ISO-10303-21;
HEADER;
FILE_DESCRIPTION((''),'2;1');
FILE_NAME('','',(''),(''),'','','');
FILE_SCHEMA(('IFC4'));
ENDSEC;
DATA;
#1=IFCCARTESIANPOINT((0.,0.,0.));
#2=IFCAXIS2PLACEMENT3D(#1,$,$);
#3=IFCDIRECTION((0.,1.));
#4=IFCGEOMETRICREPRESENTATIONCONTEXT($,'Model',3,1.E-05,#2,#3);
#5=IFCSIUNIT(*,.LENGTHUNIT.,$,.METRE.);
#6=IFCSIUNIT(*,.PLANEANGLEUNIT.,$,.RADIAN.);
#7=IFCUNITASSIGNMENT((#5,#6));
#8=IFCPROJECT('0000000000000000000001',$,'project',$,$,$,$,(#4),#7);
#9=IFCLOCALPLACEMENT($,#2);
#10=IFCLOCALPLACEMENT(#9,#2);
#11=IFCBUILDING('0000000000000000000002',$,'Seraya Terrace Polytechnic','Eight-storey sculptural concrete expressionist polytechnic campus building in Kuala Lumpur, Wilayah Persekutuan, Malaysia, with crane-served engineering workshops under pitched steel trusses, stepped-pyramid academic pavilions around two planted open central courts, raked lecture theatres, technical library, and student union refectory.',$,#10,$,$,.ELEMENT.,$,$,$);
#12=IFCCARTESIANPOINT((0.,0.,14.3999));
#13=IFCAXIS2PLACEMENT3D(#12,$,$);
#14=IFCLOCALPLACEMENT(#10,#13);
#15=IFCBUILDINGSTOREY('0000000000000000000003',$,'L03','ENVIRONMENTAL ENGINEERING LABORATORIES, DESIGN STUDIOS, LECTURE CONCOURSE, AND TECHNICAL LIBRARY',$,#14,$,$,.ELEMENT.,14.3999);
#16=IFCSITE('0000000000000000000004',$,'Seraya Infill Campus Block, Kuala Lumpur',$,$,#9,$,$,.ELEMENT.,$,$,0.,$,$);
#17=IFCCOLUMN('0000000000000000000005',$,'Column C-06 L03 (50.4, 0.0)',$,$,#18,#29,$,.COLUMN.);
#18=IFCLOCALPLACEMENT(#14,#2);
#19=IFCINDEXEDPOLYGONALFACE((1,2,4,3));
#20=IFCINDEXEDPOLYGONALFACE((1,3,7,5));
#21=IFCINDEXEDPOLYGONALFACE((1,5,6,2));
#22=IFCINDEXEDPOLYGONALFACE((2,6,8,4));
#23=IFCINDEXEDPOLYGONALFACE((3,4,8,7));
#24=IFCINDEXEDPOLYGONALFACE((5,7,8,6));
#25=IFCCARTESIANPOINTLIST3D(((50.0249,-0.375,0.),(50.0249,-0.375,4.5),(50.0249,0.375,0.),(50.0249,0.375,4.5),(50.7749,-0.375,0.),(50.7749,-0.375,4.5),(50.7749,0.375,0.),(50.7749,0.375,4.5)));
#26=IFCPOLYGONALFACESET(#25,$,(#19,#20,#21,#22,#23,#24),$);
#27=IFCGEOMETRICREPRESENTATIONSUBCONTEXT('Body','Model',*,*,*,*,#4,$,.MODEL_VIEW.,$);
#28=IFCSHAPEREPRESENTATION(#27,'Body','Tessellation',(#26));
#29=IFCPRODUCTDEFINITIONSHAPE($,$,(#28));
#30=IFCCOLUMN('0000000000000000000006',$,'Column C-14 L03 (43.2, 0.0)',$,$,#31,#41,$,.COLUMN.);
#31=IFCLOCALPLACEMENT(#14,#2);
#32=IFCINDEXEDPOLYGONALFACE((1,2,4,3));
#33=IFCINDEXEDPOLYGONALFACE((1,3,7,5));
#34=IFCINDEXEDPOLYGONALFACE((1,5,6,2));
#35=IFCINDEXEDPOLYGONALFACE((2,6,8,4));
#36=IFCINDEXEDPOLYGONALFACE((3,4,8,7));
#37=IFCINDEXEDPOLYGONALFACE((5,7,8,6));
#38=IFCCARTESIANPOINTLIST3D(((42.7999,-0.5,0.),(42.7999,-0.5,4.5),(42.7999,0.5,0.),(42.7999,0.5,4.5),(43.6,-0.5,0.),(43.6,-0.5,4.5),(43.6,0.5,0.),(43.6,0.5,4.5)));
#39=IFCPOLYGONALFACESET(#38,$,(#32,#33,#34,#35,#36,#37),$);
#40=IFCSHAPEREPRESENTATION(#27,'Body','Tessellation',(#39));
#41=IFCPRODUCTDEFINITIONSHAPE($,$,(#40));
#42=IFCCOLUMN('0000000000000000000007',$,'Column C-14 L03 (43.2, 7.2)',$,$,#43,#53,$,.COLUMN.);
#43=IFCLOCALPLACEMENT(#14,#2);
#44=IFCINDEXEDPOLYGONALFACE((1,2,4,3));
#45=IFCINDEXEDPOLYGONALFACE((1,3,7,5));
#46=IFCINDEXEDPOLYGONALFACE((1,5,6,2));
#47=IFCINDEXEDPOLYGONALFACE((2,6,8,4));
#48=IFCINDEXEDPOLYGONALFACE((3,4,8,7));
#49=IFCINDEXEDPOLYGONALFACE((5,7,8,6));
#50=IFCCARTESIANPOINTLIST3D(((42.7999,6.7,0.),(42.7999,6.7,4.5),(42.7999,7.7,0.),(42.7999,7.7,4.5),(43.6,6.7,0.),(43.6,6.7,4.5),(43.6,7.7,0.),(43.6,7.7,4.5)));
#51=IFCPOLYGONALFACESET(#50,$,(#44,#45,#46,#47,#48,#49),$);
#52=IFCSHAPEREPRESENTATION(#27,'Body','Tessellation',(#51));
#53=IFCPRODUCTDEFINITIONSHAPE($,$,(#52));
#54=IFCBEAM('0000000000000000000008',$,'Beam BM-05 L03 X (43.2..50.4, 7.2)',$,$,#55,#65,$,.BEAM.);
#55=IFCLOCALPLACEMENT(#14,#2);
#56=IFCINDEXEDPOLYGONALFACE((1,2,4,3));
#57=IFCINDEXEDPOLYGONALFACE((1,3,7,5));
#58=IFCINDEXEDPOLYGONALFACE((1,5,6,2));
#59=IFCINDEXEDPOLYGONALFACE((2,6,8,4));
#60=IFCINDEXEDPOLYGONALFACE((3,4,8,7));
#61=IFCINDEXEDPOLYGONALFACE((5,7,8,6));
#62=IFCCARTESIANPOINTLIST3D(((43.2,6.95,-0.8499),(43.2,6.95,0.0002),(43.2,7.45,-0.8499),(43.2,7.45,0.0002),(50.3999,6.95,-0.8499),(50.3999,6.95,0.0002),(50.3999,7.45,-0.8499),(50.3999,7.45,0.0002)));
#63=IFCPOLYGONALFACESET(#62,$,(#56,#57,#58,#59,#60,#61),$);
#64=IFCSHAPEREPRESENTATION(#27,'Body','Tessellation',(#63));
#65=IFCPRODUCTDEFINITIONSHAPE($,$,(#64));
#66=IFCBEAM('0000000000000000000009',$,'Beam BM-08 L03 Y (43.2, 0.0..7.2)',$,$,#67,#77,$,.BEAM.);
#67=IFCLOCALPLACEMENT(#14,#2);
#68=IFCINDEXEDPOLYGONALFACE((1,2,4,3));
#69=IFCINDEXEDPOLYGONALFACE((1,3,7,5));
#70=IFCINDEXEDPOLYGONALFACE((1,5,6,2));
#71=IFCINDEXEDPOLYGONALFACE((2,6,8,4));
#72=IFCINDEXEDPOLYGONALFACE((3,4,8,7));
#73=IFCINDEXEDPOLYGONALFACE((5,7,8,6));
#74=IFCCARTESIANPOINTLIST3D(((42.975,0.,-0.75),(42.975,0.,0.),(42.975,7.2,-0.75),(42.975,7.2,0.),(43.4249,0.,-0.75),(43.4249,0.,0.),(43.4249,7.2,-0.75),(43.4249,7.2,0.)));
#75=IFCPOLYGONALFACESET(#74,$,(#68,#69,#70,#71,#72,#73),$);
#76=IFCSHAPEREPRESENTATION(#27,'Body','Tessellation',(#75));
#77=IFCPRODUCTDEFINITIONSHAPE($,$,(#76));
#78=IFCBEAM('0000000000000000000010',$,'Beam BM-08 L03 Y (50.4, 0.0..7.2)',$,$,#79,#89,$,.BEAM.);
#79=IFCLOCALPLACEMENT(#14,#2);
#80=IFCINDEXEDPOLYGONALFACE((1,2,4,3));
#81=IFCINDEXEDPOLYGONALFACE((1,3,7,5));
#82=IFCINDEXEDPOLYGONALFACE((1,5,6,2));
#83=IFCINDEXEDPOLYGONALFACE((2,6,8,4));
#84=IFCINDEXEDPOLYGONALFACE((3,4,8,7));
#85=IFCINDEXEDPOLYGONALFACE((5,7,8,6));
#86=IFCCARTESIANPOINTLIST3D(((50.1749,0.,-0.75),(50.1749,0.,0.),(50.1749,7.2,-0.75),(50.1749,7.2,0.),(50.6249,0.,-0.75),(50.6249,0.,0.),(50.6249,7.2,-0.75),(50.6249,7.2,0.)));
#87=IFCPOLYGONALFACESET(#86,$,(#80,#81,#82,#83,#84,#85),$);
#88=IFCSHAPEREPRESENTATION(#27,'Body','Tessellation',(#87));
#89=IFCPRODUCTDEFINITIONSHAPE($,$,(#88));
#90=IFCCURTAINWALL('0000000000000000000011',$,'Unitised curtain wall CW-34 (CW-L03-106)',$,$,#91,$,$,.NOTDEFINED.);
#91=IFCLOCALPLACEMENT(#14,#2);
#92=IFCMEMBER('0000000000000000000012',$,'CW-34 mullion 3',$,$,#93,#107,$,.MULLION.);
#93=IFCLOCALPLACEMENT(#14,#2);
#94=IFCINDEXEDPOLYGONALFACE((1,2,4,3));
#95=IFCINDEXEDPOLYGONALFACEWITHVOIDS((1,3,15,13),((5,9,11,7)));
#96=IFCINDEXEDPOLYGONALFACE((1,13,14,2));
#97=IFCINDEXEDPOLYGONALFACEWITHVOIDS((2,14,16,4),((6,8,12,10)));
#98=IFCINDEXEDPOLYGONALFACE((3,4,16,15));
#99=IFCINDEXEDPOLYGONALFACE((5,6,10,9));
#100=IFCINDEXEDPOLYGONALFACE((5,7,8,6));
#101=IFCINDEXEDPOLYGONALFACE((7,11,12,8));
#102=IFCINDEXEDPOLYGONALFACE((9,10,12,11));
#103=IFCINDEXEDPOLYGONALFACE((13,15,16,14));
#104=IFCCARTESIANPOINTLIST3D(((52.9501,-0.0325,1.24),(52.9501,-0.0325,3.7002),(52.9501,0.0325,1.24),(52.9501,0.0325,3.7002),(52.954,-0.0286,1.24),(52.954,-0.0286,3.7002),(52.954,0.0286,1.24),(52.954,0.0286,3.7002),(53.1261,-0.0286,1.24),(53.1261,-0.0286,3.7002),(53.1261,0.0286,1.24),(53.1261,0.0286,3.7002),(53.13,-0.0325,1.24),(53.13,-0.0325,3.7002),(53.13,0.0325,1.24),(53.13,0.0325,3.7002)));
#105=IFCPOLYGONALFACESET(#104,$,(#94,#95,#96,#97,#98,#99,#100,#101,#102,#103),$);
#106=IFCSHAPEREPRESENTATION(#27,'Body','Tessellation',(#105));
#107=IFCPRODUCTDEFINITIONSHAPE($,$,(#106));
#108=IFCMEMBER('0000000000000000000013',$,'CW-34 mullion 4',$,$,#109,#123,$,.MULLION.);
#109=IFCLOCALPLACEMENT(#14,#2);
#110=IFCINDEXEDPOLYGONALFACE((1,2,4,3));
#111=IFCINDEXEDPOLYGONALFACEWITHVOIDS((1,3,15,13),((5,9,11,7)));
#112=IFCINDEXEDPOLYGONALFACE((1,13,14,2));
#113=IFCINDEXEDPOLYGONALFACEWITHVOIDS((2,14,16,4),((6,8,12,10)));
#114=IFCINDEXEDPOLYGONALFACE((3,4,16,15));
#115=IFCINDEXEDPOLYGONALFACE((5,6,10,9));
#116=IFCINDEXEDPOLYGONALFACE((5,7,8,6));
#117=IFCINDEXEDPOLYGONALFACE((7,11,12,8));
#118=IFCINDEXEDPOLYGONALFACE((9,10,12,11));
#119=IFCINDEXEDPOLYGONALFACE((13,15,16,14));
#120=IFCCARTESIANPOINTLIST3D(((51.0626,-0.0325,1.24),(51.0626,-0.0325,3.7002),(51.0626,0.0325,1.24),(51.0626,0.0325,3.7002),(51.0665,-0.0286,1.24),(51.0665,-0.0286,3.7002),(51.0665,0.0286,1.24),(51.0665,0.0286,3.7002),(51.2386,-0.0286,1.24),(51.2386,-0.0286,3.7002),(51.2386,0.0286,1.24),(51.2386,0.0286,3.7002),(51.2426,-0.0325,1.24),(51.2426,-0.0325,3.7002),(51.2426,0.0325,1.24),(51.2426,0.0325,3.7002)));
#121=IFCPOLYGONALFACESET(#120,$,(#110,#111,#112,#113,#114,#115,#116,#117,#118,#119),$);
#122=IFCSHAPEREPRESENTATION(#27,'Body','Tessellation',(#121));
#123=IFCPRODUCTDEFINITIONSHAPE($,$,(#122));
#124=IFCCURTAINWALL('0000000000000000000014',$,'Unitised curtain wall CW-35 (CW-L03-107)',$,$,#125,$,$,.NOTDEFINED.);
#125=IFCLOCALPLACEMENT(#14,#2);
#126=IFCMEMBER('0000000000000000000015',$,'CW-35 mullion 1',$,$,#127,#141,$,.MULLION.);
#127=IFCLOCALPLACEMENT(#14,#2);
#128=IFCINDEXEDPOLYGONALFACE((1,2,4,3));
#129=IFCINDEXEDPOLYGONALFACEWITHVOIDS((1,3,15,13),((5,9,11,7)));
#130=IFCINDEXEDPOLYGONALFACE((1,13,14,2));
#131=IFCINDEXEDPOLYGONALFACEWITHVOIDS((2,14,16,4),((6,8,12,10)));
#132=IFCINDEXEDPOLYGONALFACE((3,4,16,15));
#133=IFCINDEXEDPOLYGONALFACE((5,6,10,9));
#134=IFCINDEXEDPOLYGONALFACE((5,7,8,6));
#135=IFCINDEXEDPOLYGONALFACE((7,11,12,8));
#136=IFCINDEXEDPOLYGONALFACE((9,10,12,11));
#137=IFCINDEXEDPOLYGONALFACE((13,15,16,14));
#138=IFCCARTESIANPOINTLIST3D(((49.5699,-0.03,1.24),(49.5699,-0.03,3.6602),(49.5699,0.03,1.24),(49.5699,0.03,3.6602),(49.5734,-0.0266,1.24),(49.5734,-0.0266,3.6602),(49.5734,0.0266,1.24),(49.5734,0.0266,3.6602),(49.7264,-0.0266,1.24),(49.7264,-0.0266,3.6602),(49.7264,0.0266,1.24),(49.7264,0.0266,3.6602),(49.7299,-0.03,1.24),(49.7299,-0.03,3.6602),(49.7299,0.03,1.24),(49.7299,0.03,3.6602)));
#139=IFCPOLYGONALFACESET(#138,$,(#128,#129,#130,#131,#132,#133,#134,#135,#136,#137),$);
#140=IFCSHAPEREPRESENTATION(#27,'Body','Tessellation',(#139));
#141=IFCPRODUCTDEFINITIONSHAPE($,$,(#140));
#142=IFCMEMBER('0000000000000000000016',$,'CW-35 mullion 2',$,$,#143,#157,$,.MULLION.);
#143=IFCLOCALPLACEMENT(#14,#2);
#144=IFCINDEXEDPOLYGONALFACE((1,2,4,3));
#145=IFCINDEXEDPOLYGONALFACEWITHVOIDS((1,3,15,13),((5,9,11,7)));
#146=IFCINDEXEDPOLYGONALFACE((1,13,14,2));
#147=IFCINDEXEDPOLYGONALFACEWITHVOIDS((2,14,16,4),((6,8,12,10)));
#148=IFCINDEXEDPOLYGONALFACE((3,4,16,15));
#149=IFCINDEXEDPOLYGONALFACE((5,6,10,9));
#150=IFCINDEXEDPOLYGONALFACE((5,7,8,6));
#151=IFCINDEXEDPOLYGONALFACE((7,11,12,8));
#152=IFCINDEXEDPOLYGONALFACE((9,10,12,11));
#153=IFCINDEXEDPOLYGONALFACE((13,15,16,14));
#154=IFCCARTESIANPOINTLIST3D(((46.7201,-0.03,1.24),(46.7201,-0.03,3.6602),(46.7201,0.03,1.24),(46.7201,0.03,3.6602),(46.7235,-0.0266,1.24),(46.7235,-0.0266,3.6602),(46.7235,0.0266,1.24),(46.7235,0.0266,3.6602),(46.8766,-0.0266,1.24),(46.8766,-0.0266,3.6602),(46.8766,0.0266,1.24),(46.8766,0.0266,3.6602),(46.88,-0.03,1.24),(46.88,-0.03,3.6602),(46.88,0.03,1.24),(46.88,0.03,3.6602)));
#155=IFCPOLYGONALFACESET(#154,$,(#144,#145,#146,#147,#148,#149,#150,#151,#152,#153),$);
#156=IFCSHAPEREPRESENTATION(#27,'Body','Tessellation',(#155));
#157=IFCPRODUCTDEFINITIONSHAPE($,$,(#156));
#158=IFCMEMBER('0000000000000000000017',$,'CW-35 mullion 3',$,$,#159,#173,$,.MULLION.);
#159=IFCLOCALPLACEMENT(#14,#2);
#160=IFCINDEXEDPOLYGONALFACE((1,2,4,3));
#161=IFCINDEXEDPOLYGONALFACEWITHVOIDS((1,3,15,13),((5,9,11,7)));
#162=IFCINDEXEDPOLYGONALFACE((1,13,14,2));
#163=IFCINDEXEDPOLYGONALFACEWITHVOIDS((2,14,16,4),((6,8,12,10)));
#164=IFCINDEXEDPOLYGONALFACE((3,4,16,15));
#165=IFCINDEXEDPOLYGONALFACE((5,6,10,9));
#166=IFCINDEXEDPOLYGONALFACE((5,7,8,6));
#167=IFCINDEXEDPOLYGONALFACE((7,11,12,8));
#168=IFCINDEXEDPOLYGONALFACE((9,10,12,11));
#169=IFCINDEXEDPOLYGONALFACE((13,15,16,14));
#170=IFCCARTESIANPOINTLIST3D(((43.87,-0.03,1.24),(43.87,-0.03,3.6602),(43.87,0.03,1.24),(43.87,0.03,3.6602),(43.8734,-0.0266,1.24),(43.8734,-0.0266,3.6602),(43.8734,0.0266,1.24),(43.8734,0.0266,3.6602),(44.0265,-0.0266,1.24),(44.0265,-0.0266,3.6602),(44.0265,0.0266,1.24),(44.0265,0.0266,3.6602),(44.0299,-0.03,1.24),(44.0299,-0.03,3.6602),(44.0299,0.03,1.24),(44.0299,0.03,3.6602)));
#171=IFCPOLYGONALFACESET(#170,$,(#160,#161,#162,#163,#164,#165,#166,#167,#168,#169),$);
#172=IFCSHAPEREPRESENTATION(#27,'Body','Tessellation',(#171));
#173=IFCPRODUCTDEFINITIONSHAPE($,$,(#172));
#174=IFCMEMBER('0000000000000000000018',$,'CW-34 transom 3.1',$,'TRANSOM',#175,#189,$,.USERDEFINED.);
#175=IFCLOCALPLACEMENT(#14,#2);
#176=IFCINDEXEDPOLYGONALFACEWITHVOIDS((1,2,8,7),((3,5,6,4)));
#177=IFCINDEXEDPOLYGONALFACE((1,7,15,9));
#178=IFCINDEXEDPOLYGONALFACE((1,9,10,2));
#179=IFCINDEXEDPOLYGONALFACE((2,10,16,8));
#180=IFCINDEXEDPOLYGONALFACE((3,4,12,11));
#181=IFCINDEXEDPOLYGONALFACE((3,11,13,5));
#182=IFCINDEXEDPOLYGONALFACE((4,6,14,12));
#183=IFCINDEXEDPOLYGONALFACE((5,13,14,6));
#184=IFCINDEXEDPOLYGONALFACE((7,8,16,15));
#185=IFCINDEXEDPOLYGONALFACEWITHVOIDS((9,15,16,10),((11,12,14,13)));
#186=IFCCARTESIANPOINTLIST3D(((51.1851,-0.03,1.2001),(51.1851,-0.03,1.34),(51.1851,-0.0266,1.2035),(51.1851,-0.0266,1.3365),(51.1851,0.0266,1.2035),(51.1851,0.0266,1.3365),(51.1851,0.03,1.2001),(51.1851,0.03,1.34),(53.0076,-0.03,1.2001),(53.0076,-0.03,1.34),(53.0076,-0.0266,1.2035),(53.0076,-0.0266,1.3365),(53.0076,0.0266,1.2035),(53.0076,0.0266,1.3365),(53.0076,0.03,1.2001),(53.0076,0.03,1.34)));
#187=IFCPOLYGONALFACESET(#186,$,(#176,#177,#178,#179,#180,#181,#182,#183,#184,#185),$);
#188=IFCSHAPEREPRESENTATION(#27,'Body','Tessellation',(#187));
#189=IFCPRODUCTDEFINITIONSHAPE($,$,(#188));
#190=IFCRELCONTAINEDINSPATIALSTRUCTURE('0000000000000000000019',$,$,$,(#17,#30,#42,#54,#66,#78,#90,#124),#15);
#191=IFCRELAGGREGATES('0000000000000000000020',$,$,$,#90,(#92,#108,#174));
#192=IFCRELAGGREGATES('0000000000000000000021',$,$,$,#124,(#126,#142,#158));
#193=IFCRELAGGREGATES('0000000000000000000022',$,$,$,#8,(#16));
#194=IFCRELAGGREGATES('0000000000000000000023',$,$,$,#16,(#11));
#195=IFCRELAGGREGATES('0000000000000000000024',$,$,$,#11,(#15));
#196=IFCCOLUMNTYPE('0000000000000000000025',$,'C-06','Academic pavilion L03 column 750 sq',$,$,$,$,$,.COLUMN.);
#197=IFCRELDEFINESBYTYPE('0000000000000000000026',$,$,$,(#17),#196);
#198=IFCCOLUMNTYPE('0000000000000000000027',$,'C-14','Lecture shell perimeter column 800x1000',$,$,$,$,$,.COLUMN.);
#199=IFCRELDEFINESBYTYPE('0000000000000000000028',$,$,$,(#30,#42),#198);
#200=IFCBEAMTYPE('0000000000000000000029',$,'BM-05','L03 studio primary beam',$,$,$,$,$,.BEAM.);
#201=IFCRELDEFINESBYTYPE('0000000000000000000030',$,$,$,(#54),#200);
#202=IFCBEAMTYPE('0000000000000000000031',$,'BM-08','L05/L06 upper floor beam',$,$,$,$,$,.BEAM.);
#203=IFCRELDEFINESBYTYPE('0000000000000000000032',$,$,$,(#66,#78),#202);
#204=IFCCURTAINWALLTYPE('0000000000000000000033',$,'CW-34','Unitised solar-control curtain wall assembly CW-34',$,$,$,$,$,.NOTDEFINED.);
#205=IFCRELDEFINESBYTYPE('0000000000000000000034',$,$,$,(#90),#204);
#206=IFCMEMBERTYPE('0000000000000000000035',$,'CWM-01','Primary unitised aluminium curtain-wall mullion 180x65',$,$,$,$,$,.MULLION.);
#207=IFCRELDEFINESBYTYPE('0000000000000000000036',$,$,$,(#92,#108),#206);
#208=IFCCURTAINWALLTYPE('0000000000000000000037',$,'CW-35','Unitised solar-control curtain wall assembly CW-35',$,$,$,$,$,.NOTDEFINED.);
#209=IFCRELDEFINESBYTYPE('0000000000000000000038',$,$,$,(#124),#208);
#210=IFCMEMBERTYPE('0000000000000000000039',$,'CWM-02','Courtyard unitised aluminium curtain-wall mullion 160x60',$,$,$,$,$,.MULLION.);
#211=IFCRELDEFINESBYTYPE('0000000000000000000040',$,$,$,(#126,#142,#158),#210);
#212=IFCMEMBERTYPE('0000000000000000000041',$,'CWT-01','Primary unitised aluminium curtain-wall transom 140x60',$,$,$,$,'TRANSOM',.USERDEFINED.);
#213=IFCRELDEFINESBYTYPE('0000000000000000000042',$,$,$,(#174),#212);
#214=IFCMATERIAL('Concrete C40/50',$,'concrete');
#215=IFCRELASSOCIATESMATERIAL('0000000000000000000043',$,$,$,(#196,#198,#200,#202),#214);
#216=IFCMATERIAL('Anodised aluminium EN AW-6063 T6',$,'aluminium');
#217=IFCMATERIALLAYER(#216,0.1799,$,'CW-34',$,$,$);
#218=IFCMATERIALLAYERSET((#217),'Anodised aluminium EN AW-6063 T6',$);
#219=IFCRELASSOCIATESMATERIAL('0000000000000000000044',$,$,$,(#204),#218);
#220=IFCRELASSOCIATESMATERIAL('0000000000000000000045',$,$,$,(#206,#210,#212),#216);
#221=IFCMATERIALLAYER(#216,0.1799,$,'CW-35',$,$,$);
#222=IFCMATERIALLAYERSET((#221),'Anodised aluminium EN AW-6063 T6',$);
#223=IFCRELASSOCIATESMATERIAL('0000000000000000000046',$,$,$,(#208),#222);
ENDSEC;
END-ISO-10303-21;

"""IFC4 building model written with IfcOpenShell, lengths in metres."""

from ifc_helpers import new_model, si_unit, direction, frame, origin, origin_2d, place, context, subcontext, project, spatial, rectangle, hollow_rectangle, extrude, material, layer, layer_set, material_profile, profile_set, type_object, element, aggregate, save


model = new_model("IFC4")

# Units and contexts
model_context = context("Model", 3, precision=1e-05, world=origin(), true_north=direction((0.0, 1.0)))
body_context = subcontext(model_context, "Body", "Model", "MODEL_VIEW")
ifc_project = project(units=[si_unit("LENGTHUNIT", "METRE"), si_unit("PLANEANGLEUNIT", "RADIAN")], contexts=[model_context])

# Site, building, storey
site_placement = place(None, origin())
site = spatial("IfcSite", under=ifc_project, at=site_placement, Name="Seraya Infill Campus Block, Kuala Lumpur", CompositionType="ELEMENT", RefElevation=0.0)
building_placement = place(site_placement, origin())
building = spatial("IfcBuilding", under=site, at=building_placement, Name="Seraya Terrace Polytechnic", Description="Eight-storey sculptural concrete expressionist polytechnic campus building in Kuala Lumpur, Wilayah Persekutuan, Malaysia, with crane-served engineering workshops under pitched steel trusses, stepped-pyramid academic pavilions around two planted open central courts, raked lecture theatres, technical library, and student union refectory.", CompositionType="ELEMENT")
storey_placement = place(building_placement, frame((0.0, 0.0, 14.3999)))
storey = spatial("IfcBuildingStorey", under=building, at=storey_placement, Name="L03", Description="ENVIRONMENTAL ENGINEERING LABORATORIES, DESIGN STUDIOS, LECTURE CONCOURSE, AND TECHNICAL LIBRARY", CompositionType="ELEMENT", Elevation=14.3999)

# Columns
ifc_material_1 = material(Name="Concrete C40/50", Category="concrete")
ifc_material_profile_1 = material_profile(ifc_material_1, rectangle(XDim=0.75, YDim=0.75, at=origin_2d()), Name="RC 750x750")
ifc_profile_set_1 = profile_set([ifc_material_profile_1], Name="Concrete C40/50")
column_type_1 = type_object("IfcColumnType", Name="C-06", Description="Academic pavilion L03 column 750 sq", PredefinedType="COLUMN", material=ifc_profile_set_1)
column_placement = place(storey_placement, frame((50.3999, 0.0, 0.0), z_axis=(0.0, 0.0, 1.0), x_axis=(1.0, 0.0, 0.0)))
element("IfcColumn", 1, at=column_placement, inside=storey, type_object=column_type_1, Name="Column C-06 L03 (50.4, 0.0)", PredefinedType="COLUMN", context=body_context, shape_type="SweptSolid", body=[
    extrude(rectangle(XDim=0.75, YDim=0.75, at=origin_2d()), origin(), (0.0, 0.0, 1.0), 4.5),
])
ifc_material_profile_2 = material_profile(ifc_material_1, rectangle(XDim=0.8, YDim=1.0, at=origin_2d()), Name="RC 800x1000")
ifc_profile_set_2 = profile_set([ifc_material_profile_2], Name="Concrete C40/50")
column_type_2 = type_object("IfcColumnType", Name="C-14", Description="Lecture shell perimeter column 800x1000", PredefinedType="COLUMN", material=ifc_profile_set_2)
for number, where, z_axis, x_axis, name in (
    (2, (43.2, 0.0, 0.0), (0.0, 0.0, 1.0), (1.0, 0.0, 0.0), "Column C-14 L03 (43.2, 0.0)"),
    (3, (43.2, 7.2, 0.0), (0.0, 0.0, 1.0), (1.0, 0.0, 0.0), "Column C-14 L03 (43.2, 7.2)"),
):
    element("IfcColumn", number, at=place(storey_placement, frame(where, z_axis=z_axis, x_axis=x_axis)), inside=storey, type_object=column_type_2, Name=name, PredefinedType="COLUMN", context=body_context, shape_type="SweptSolid", body=[
        extrude(rectangle(XDim=0.8, YDim=1.0, at=origin_2d()), origin(), (0.0, 0.0, 1.0), 4.5),
    ])

# Beams
ifc_material_profile_3 = material_profile(ifc_material_1, rectangle(XDim=0.5, YDim=0.8501, at=origin_2d()), Name="RC 500x850")
ifc_profile_set_3 = profile_set([ifc_material_profile_3], Name="Concrete C40/50")
beam_type_1 = type_object("IfcBeamType", Name="BM-05", Description="L03 studio primary beam", PredefinedType="BEAM", material=ifc_profile_set_3)
beam_1_placement = place(storey_placement, frame((43.2, 7.2, -0.4248), z_axis=(1.0, 0.0, 0.0), x_axis=(0.0, 1.0, 0.0)))
element("IfcBeam", 4, at=beam_1_placement, inside=storey, type_object=beam_type_1, Name="Beam BM-05 L03 X (43.2..50.4, 7.2)", PredefinedType="BEAM", context=body_context, shape_type="SweptSolid", body=[
    extrude(rectangle(XDim=0.5, YDim=0.8501, at=origin_2d()), origin(), (0.0, 0.0, 1.0), 7.2),
])
ifc_material_profile_4 = material_profile(ifc_material_1, rectangle(XDim=0.45, YDim=0.75, at=origin_2d()), Name="RC 450x750")
ifc_profile_set_4 = profile_set([ifc_material_profile_4], Name="Concrete C40/50")
beam_type_2 = type_object("IfcBeamType", Name="BM-08", Description="L05/L06 upper floor beam", PredefinedType="BEAM", material=ifc_profile_set_4)
for number, where, z_axis, x_axis, name in (
    (5, (43.2, 0.0, -0.375), (0.0, 1.0, 0.0), (-1.0, 0.0, 0.0), "Beam BM-08 L03 Y (43.2, 0.0..7.2)"),
    (6, (50.3999, 0.0, -0.375), (0.0, 1.0, 0.0), (-1.0, 0.0, 0.0), "Beam BM-08 L03 Y (50.4, 0.0..7.2)"),
):
    element("IfcBeam", number, at=place(storey_placement, frame(where, z_axis=z_axis, x_axis=x_axis)), inside=storey, type_object=beam_type_2, Name=name, PredefinedType="BEAM", context=body_context, shape_type="SweptSolid", body=[
        extrude(rectangle(XDim=0.45, YDim=0.75, at=origin_2d()), origin(), (0.0, 0.0, 1.0), 7.2),
    ])

# Curtain walls, members
ifc_material_2 = material(Name="Anodised aluminium EN AW-6063 T6", Category="aluminium")
ifc_layer_1 = layer(ifc_material_2, 0.1799, Name="CW-34")
ifc_layer_set_1 = layer_set([ifc_layer_1], Name="Anodised aluminium EN AW-6063 T6")
curtain_wall_type_1 = type_object("IfcCurtainWallType", Name="CW-34", Description="Unitised solar-control curtain wall assembly CW-34", PredefinedType="NOTDEFINED", material=ifc_layer_set_1)
curtain_wall_1_placement = place(storey_placement, origin())
curtain_wall_1 = element("IfcCurtainWall", 7, at=curtain_wall_1_placement, inside=storey, type_object=curtain_wall_type_1, Name="Unitised curtain wall CW-34 (CW-L03-106)", PredefinedType="NOTDEFINED")
ifc_material_profile_5 = material_profile(ifc_material_2, hollow_rectangle(XDim=0.0649, YDim=0.1799, WallThickness=0.0039, at=origin_2d()), Name="RHS 180x65x4.0")
ifc_profile_set_5 = profile_set([ifc_material_profile_5], Name="Anodised aluminium EN AW-6063 T6")
member_type_1 = type_object("IfcMemberType", Name="CWM-01", Description="Primary unitised aluminium curtain-wall mullion 180x65", PredefinedType="MULLION", material=ifc_profile_set_5)
member_1_placement = place(storey_placement, frame((53.04, 0.0, 1.24), z_axis=(0.0, 0.0, 1.0), x_axis=(0.0, -1.0, 0.0)))
member_1 = element("IfcMember", 8, at=member_1_placement, type_object=member_type_1, Name="CW-34 mullion 3", PredefinedType="MULLION", context=body_context, shape_type="SweptSolid", body=[
    extrude(hollow_rectangle(XDim=0.0649, YDim=0.1799, WallThickness=0.0039, at=origin_2d()), origin(), (0.0, 0.0, 1.0), 2.4602),
])
member_2_placement = place(storey_placement, frame((51.1526, 0.0, 1.24), z_axis=(0.0, 0.0, 1.0), x_axis=(0.0, -1.0, 0.0)))
member_2 = element("IfcMember", 9, at=member_2_placement, type_object=member_type_1, Name="CW-34 mullion 4", PredefinedType="MULLION", context=body_context, shape_type="SweptSolid", body=[
    extrude(hollow_rectangle(XDim=0.0649, YDim=0.1799, WallThickness=0.0039, at=origin_2d()), origin(), (0.0, 0.0, 1.0), 2.4602),
])
ifc_layer_2 = layer(ifc_material_2, 0.1799, Name="CW-35")
ifc_layer_set_2 = layer_set([ifc_layer_2], Name="Anodised aluminium EN AW-6063 T6")
curtain_wall_type_2 = type_object("IfcCurtainWallType", Name="CW-35", Description="Unitised solar-control curtain wall assembly CW-35", PredefinedType="NOTDEFINED", material=ifc_layer_set_2)
curtain_wall_2_placement = place(storey_placement, origin())
curtain_wall_2 = element("IfcCurtainWall", 10, at=curtain_wall_2_placement, inside=storey, type_object=curtain_wall_type_2, Name="Unitised curtain wall CW-35 (CW-L03-107)", PredefinedType="NOTDEFINED")
ifc_material_profile_6 = material_profile(ifc_material_2, hollow_rectangle(XDim=0.0601, YDim=0.1599, WallThickness=0.0034, at=origin_2d()), Name="RHS 160x60x3.5")
ifc_profile_set_6 = profile_set([ifc_material_profile_6], Name="Anodised aluminium EN AW-6063 T6")
member_type_2 = type_object("IfcMemberType", Name="CWM-02", Description="Courtyard unitised aluminium curtain-wall mullion 160x60", PredefinedType="MULLION", material=ifc_profile_set_6)
member_3_placement = place(storey_placement, frame((49.6499, 0.0, 1.24), z_axis=(0.0, 0.0, 1.0), x_axis=(0.0, -1.0, 0.0)))
member_3 = element("IfcMember", 11, at=member_3_placement, type_object=member_type_2, Name="CW-35 mullion 1", PredefinedType="MULLION", context=body_context, shape_type="SweptSolid", body=[
    extrude(hollow_rectangle(XDim=0.0601, YDim=0.1599, WallThickness=0.0034, at=origin_2d()), origin(), (0.0, 0.0, 1.0), 2.4202),
])
member_4_placement = place(storey_placement, frame((46.8, 0.0, 1.24), z_axis=(0.0, 0.0, 1.0), x_axis=(0.0, -1.0, 0.0)))
member_4 = element("IfcMember", 12, at=member_4_placement, type_object=member_type_2, Name="CW-35 mullion 2", PredefinedType="MULLION", context=body_context, shape_type="SweptSolid", body=[
    extrude(hollow_rectangle(XDim=0.0601, YDim=0.1599, WallThickness=0.0034, at=origin_2d()), origin(), (0.0, 0.0, 1.0), 2.4202),
])
member_5_placement = place(storey_placement, frame((43.95, 0.0, 1.24), z_axis=(0.0, 0.0, 1.0), x_axis=(0.0, -1.0, 0.0)))
member_5 = element("IfcMember", 13, at=member_5_placement, type_object=member_type_2, Name="CW-35 mullion 3", PredefinedType="MULLION", context=body_context, shape_type="SweptSolid", body=[
    extrude(hollow_rectangle(XDim=0.0601, YDim=0.1599, WallThickness=0.0034, at=origin_2d()), origin(), (0.0, 0.0, 1.0), 2.4202),
])

# Member
ifc_material_profile_7 = material_profile(ifc_material_2, hollow_rectangle(XDim=0.0601, YDim=0.1399, WallThickness=0.0034, at=origin_2d()), Name="RHS 140x60x3.5")
ifc_profile_set_7 = profile_set([ifc_material_profile_7], Name="Anodised aluminium EN AW-6063 T6")
member_type_3 = type_object("IfcMemberType", Name="CWT-01", Description="Primary unitised aluminium curtain-wall transom 140x60", ElementType="TRANSOM", PredefinedType="USERDEFINED", material=ifc_profile_set_7)
member_6_placement = place(storey_placement, frame((53.0076, 0.0, 1.27), z_axis=(-1.0, 0.0, 0.0), x_axis=(0.0, -1.0, 0.0)))
member_6 = element("IfcMember", 14, at=member_6_placement, type_object=member_type_3, Name="CW-34 transom 3.1", ObjectType="TRANSOM", PredefinedType="USERDEFINED", context=body_context, shape_type="SweptSolid", body=[
    extrude(hollow_rectangle(XDim=0.0601, YDim=0.1399, WallThickness=0.0034, at=origin_2d()), origin(), (0.0, 0.0, 1.0), 1.8225),
])

aggregate(curtain_wall_1, [member_1, member_2, member_6])
aggregate(curtain_wall_2, [member_3, member_4, member_5])

save(model, "model.ifc")
